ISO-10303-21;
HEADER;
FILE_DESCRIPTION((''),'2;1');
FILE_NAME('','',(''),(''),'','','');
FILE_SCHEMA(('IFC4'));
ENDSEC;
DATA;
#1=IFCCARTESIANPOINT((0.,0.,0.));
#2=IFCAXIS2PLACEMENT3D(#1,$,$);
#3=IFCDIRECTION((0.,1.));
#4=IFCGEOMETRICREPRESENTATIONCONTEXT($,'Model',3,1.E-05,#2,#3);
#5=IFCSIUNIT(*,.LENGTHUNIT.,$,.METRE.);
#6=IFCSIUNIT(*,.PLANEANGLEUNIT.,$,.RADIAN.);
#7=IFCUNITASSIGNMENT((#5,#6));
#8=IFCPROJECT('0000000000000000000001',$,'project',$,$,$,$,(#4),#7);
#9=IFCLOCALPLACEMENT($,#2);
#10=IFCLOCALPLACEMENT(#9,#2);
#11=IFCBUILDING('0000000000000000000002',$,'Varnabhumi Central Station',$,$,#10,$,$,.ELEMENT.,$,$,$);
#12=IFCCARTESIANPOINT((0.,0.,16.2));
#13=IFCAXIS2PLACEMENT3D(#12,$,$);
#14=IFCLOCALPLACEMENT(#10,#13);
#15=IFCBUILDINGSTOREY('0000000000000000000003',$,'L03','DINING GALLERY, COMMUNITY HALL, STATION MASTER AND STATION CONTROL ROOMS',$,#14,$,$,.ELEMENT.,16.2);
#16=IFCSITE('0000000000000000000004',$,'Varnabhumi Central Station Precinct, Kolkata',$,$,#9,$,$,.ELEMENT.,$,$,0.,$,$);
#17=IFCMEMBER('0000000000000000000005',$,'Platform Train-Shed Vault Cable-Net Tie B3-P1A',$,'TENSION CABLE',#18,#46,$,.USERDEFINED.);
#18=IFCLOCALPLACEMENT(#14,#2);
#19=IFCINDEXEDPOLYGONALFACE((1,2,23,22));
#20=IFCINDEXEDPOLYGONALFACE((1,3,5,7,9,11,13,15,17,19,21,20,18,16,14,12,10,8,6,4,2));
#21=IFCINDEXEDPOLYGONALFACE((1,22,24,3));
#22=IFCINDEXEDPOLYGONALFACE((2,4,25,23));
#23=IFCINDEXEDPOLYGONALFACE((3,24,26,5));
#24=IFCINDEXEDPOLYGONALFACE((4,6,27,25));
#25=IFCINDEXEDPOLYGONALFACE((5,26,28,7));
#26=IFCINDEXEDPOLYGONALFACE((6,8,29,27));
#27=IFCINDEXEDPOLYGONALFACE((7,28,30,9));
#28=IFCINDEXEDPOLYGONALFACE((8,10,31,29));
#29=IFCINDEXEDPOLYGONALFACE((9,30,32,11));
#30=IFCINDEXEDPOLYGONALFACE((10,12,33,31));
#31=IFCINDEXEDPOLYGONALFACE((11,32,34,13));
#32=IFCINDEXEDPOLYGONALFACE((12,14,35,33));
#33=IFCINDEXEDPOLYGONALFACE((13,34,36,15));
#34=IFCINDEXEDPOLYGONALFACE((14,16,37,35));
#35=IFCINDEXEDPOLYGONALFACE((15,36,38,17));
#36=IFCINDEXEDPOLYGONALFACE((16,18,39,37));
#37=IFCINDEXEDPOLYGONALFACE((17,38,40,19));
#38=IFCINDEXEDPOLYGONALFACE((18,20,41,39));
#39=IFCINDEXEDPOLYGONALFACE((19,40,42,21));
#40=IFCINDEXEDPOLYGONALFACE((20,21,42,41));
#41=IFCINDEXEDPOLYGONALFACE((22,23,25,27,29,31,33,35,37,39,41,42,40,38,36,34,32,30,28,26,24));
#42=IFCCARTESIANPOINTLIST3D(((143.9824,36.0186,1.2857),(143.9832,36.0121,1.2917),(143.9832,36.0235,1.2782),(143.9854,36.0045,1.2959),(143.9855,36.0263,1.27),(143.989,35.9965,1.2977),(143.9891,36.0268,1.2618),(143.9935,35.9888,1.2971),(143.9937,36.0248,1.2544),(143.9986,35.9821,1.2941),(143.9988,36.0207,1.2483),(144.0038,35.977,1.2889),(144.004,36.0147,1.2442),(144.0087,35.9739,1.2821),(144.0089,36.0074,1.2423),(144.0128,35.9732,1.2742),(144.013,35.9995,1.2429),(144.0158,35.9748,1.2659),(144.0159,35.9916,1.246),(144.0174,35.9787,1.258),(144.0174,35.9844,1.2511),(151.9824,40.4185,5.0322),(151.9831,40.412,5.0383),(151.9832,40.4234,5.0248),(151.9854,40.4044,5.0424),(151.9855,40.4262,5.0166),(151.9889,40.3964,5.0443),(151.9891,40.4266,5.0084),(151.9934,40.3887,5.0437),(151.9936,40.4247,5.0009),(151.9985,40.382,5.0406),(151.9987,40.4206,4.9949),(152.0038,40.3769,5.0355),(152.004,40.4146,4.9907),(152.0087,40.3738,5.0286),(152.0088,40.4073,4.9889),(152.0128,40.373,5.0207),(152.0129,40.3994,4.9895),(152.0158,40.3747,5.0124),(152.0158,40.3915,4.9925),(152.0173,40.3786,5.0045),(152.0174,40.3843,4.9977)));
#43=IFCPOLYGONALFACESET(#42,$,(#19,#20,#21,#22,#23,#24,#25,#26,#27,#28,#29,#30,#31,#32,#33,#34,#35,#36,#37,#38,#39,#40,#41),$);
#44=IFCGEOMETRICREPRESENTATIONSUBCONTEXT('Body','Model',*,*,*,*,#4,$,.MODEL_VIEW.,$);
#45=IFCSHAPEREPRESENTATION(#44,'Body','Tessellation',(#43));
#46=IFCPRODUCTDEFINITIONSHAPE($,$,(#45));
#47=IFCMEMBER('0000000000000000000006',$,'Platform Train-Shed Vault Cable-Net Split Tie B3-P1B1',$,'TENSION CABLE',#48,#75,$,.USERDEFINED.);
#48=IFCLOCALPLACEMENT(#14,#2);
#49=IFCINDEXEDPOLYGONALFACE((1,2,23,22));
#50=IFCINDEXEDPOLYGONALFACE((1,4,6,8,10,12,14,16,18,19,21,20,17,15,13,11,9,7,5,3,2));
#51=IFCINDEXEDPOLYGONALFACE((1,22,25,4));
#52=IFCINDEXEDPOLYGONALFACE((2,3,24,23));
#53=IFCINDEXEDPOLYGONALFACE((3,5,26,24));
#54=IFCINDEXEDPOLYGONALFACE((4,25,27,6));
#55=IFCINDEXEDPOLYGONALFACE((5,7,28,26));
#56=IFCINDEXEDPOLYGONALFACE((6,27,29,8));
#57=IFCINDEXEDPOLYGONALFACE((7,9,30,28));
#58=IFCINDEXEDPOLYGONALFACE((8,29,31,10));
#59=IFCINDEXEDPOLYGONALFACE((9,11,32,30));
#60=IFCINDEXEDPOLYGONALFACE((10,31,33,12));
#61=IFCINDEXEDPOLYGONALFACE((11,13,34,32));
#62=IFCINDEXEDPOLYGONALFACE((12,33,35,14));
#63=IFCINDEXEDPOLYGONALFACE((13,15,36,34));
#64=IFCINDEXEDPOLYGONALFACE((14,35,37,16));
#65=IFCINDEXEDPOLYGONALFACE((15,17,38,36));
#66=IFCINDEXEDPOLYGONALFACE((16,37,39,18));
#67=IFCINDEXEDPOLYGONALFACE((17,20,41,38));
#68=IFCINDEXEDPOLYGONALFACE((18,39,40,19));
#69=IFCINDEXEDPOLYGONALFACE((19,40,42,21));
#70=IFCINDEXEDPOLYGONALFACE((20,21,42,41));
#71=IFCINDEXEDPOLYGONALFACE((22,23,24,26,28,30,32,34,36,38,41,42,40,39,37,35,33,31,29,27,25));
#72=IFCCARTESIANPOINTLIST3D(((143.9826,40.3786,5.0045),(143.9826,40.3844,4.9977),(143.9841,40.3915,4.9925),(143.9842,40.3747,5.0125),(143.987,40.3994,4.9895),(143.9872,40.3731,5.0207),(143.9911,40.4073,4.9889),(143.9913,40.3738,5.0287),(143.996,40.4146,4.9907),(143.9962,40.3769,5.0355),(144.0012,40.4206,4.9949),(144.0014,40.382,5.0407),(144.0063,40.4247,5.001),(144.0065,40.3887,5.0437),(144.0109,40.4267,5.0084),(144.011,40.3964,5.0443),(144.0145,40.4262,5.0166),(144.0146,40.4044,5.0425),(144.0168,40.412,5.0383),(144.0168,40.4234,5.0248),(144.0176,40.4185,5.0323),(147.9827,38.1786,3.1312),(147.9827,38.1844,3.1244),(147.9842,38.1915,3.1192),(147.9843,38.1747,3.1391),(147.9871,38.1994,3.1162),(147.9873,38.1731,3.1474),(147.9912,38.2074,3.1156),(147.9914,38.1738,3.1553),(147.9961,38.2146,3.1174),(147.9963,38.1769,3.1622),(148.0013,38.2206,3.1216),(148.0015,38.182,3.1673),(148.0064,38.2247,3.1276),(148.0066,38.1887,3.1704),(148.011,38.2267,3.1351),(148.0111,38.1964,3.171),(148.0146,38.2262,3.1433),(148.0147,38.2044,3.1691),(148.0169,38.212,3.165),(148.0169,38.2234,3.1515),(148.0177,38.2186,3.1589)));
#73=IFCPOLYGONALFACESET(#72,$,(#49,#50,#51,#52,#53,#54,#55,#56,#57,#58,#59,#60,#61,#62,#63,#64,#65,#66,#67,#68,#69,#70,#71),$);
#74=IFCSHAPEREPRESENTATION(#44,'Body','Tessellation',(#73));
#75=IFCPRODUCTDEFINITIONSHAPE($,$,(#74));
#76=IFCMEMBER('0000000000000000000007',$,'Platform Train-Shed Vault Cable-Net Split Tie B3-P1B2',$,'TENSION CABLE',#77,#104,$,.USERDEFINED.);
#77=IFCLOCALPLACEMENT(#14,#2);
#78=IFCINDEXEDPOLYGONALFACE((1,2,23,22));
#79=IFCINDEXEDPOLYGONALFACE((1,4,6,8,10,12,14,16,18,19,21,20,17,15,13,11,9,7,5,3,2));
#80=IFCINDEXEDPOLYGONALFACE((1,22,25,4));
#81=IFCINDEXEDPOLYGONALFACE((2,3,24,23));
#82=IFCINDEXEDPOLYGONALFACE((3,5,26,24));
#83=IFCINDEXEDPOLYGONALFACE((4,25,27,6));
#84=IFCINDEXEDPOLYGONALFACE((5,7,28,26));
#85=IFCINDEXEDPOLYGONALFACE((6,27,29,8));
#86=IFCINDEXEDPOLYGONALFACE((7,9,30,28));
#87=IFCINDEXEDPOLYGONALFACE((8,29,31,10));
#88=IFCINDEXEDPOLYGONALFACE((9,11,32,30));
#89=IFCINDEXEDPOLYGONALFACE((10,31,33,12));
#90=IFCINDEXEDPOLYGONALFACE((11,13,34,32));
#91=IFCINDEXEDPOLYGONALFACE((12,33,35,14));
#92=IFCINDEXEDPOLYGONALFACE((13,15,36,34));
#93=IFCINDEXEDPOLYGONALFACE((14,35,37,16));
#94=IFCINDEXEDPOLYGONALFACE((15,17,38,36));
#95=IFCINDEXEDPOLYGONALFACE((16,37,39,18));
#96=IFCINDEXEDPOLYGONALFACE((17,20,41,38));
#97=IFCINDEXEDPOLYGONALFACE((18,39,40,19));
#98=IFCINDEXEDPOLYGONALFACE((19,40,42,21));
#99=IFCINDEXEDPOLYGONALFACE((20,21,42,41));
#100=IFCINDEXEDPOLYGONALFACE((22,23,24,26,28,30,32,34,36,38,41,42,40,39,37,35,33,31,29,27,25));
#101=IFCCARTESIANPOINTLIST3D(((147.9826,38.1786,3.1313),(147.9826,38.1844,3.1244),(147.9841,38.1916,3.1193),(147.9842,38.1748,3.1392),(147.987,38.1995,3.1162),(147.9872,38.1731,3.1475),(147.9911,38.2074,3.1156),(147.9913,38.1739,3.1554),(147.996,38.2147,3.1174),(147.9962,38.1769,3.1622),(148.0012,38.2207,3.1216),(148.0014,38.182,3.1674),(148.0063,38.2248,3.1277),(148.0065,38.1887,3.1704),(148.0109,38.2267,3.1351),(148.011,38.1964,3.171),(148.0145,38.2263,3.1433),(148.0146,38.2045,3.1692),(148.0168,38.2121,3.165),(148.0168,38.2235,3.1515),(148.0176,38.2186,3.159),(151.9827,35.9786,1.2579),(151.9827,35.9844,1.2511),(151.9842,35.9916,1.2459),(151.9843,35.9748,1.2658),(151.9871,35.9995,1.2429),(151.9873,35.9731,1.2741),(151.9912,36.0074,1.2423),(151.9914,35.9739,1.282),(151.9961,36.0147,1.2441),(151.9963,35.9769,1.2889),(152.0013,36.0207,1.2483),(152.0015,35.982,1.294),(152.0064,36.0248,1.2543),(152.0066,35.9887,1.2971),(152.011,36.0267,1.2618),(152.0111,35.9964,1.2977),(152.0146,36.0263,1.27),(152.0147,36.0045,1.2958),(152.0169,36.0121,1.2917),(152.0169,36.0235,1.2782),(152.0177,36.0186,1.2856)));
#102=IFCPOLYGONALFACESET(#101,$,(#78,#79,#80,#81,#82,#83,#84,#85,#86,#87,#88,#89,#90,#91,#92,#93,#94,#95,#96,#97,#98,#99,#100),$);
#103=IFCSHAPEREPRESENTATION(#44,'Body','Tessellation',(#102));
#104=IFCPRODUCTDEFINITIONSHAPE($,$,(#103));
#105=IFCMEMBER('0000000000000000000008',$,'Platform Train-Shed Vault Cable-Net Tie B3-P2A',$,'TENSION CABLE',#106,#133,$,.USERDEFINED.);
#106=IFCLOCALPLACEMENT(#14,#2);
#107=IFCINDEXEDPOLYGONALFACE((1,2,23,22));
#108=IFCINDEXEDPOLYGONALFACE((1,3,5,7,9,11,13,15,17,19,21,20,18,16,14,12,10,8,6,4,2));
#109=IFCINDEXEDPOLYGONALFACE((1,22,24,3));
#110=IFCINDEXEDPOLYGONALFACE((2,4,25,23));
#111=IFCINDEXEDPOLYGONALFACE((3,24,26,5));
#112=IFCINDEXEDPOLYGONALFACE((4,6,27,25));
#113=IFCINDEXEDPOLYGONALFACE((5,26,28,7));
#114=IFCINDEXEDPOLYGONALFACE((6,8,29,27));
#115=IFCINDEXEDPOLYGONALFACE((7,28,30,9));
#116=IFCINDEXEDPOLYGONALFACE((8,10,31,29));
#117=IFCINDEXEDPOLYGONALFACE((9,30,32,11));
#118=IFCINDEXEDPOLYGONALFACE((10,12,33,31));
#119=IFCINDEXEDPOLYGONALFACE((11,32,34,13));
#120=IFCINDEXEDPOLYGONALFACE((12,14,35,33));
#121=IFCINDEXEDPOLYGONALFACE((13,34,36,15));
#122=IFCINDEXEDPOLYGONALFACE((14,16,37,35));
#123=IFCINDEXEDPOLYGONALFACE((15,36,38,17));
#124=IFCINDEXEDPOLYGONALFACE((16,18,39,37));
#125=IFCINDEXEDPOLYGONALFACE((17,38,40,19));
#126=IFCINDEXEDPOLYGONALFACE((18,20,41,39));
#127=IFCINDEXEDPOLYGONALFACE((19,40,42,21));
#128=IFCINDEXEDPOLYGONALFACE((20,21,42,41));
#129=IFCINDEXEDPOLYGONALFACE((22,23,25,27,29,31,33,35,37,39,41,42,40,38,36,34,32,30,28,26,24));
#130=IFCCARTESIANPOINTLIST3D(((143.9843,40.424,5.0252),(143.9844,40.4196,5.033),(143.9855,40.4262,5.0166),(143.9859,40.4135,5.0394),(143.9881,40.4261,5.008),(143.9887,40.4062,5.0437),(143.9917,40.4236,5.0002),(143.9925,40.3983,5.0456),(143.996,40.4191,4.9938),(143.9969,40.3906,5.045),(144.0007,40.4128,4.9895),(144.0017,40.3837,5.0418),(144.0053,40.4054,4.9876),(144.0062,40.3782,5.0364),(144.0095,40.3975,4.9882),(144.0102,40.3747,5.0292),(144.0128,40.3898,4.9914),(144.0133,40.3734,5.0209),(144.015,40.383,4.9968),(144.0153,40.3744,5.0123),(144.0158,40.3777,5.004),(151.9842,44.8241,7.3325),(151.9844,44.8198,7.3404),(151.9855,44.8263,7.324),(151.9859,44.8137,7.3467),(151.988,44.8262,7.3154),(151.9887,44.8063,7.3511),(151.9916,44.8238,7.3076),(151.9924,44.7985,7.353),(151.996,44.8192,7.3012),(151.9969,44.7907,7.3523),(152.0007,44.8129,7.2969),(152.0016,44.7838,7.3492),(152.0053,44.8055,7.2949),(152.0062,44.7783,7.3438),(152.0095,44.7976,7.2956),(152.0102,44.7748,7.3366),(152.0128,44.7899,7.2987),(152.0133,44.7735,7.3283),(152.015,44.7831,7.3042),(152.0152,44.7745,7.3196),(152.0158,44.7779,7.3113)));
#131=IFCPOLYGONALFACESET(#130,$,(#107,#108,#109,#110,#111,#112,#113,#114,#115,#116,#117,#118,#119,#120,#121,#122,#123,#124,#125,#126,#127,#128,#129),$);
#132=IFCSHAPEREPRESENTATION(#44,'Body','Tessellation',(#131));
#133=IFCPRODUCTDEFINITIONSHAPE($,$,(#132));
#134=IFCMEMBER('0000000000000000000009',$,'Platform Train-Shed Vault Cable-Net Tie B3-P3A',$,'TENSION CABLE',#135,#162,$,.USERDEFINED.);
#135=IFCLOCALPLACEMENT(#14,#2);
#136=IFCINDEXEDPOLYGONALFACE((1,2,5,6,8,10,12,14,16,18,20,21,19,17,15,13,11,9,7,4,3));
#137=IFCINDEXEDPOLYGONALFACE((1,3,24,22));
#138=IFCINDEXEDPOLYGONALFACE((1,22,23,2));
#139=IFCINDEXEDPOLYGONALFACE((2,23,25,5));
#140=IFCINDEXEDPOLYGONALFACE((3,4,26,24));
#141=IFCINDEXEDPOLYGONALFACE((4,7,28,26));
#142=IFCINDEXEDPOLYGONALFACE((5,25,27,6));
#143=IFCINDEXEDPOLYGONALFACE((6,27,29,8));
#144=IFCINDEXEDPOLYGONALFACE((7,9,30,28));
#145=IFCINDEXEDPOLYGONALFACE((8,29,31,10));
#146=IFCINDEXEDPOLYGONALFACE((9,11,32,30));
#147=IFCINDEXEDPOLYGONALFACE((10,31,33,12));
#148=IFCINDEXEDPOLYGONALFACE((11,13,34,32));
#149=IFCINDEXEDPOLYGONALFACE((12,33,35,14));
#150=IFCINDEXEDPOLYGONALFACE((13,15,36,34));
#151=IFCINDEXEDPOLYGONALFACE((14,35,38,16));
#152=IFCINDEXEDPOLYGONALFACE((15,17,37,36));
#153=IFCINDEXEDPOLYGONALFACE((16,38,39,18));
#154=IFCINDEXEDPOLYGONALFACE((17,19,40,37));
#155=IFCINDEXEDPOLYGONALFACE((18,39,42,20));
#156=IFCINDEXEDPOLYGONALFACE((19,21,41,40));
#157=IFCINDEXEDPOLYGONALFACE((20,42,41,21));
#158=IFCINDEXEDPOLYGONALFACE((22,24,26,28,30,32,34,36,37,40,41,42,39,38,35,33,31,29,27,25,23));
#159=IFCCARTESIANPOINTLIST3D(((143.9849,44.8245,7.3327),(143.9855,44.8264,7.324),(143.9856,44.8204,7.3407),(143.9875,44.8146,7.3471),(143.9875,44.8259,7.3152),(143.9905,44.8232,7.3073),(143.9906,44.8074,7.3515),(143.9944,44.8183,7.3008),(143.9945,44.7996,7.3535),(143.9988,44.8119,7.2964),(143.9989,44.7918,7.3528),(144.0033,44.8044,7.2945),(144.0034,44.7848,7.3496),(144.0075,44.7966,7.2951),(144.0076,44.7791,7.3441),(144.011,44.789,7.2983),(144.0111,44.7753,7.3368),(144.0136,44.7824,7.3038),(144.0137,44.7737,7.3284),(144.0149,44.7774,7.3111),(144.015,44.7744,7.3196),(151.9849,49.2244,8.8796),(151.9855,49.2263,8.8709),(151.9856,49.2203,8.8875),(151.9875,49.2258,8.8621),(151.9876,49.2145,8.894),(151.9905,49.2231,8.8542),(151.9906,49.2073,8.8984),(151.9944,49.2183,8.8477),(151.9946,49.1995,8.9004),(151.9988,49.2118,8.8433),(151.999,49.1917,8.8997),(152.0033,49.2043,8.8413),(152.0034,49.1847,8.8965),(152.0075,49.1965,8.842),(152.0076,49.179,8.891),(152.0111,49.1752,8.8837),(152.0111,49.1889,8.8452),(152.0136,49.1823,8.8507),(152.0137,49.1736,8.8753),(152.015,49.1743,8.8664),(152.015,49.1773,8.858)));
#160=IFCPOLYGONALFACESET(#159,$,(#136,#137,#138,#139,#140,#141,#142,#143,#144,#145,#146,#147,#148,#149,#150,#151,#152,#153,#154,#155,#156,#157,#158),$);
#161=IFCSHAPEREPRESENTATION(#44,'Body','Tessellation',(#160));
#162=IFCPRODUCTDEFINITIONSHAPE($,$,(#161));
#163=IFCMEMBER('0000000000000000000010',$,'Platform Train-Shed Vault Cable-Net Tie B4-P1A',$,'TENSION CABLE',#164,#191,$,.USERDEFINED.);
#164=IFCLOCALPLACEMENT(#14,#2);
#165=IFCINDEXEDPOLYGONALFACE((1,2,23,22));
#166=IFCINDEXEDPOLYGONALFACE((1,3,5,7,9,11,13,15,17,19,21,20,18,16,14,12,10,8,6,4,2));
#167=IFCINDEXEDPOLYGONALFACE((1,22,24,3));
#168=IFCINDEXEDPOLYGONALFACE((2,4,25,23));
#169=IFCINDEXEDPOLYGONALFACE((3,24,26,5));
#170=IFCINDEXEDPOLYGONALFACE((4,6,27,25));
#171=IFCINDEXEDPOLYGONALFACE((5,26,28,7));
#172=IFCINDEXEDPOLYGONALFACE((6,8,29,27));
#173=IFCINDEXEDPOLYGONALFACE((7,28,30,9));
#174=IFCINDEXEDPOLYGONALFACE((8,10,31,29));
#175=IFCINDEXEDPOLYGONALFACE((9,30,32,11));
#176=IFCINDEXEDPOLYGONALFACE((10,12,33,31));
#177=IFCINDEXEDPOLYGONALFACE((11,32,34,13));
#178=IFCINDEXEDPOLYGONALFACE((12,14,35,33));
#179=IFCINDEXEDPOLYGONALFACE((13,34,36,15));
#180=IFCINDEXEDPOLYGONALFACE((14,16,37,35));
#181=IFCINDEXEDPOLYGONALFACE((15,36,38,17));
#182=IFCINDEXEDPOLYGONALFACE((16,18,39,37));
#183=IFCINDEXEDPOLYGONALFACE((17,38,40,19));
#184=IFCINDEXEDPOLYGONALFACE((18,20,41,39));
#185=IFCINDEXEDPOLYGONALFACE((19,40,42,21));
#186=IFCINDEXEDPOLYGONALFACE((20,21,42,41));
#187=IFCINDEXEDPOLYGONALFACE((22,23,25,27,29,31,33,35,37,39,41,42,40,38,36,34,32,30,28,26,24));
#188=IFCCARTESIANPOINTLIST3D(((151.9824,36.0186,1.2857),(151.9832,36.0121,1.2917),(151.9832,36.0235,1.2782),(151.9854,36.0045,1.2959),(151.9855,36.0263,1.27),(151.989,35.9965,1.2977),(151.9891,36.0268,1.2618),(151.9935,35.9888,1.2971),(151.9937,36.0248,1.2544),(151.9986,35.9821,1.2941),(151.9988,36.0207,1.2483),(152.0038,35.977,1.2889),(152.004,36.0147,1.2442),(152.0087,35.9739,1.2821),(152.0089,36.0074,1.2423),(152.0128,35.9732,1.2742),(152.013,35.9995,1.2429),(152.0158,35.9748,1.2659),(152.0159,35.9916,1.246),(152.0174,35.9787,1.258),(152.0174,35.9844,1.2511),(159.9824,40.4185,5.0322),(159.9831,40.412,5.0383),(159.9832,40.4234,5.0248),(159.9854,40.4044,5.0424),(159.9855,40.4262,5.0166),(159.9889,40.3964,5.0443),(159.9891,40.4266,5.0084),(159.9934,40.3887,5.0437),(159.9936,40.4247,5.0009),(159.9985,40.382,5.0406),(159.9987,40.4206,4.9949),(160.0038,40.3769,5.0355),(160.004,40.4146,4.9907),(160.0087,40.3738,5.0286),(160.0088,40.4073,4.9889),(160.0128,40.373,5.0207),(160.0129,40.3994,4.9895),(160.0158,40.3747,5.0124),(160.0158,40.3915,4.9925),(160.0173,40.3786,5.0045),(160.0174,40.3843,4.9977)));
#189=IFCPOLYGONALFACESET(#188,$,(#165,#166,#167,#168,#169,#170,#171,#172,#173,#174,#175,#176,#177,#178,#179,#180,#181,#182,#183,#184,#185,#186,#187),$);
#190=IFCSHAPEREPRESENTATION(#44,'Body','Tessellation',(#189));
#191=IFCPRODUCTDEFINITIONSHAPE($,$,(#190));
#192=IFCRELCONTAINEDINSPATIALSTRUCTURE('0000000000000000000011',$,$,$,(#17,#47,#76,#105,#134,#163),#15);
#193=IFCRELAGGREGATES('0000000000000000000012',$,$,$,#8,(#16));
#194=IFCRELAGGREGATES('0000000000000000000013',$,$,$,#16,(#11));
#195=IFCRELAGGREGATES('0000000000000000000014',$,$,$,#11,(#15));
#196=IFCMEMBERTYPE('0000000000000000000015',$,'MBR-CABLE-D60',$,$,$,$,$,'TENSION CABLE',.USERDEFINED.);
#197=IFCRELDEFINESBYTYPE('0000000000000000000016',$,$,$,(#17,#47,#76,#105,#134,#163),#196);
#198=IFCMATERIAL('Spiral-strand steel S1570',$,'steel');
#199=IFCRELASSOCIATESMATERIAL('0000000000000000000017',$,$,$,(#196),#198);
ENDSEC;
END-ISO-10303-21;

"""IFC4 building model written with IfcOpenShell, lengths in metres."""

from ifc_helpers import new_model, si_unit, direction, frame, origin, origin_2d, place, context, subcontext, project, spatial, circle, extrude, material, material_profile, profile_set, type_object, element, save


model = new_model("IFC4")

# Units and contexts
model_context = context("Model", 3, precision=1e-05, world=origin(), true_north=direction((0.0, 1.0)))
body_context = subcontext(model_context, "Body", "Model", "MODEL_VIEW")
ifc_project = project(units=[si_unit("LENGTHUNIT", "METRE"), si_unit("PLANEANGLEUNIT", "RADIAN")], contexts=[model_context])

# Site, building, storey
site_placement = place(None, origin())
site = spatial("IfcSite", under=ifc_project, at=site_placement, Name="Varnabhumi Central Station Precinct, Kolkata", CompositionType="ELEMENT", RefElevation=0.0)
building_placement = place(site_placement, origin())
building = spatial("IfcBuilding", under=site, at=building_placement, Name="Varnabhumi Central Station", CompositionType="ELEMENT")
storey_placement = place(building_placement, frame((0.0, 0.0, 16.2)))
storey = spatial("IfcBuildingStorey", under=building, at=storey_placement, Name="L03", Description="DINING GALLERY, COMMUNITY HALL, STATION MASTER AND STATION CONTROL ROOMS", CompositionType="ELEMENT", Elevation=16.2)

# Members
ifc_material_1 = material(Name="Spiral-strand steel S1570", Category="steel")
ifc_material_profile_1 = material_profile(ifc_material_1, circle(Radius=0.03, at=origin_2d()), Name="Spiral-strand steel S1570", Category="steel")
ifc_profile_set_1 = profile_set([ifc_material_profile_1], Name="Spiral-strand steel S1570")
member_type = type_object("IfcMemberType", Name="MBR-CABLE-D60", ElementType="TENSION CABLE", PredefinedType="USERDEFINED", material=ifc_profile_set_1)
member_1_placement = place(storey_placement, frame((144.0, 36.0, 1.27), z_axis=(0.810624, 0.445833, 0.379634), x_axis=(-0.481911, 0.87622, 0.0)))
element("IfcMember", 1, at=member_1_placement, inside=storey, type_object=member_type, Name="Platform Train-Shed Vault Cable-Net Tie B3-P1A", ObjectType="TENSION CABLE", PredefinedType="USERDEFINED", context=body_context, shape_type="SweptSolid", body=[
    extrude(circle(Radius=0.03, at=origin_2d()), origin(), (0.0, 0.0, 1.0), 9.8689),
])
for number, where, z_axis, x_axis, name in (
    (2, (144.0, 40.3999, 5.0166), (0.810624, -0.445833, -0.379634), (0.481911, 0.87622, 0.0), "Platform Train-Shed Vault Cable-Net Split Tie B3-P1B1"),
    (3, (148.0, 38.2, 3.1433), (0.810624, -0.445833, -0.379634), (0.481911, 0.87622, 0.0), "Platform Train-Shed Vault Cable-Net Split Tie B3-P1B2"),
):
    element("IfcMember", number, at=place(storey_placement, frame(where, z_axis=z_axis, x_axis=x_axis)), inside=storey, type_object=member_type, Name=name, ObjectType="TENSION CABLE", PredefinedType="USERDEFINED", context=body_context, shape_type="SweptSolid", body=[
        extrude(circle(Radius=0.03, at=origin_2d()), origin(), (0.0, 0.0, 1.0), 4.9346),
    ])
member_2_placement = place(storey_placement, frame((144.0, 40.3999, 5.0166), z_axis=(0.849502, 0.467242, 0.245015), x_axis=(-0.481931, 0.876209, 0.0)))
element("IfcMember", 4, at=member_2_placement, inside=storey, type_object=member_type, Name="Platform Train-Shed Vault Cable-Net Tie B3-P2A", ObjectType="TENSION CABLE", PredefinedType="USERDEFINED", context=body_context, shape_type="SweptSolid", body=[
    extrude(circle(Radius=0.03, at=origin_2d()), origin(), (0.0, 0.0, 1.0), 9.4172),
])
member_3_placement = place(storey_placement, frame((144.0, 44.8, 7.324), z_axis=(0.863909, 0.475139, 0.167045), x_axis=(-0.481911, 0.87622, 0.0)))
element("IfcMember", 5, at=member_3_placement, inside=storey, type_object=member_type, Name="Platform Train-Shed Vault Cable-Net Tie B3-P3A", ObjectType="TENSION CABLE", PredefinedType="USERDEFINED", context=body_context, shape_type="SweptSolid", body=[
    extrude(circle(Radius=0.03, at=origin_2d()), origin(), (0.0, 0.0, 1.0), 9.2603),
])
member_4_placement = place(storey_placement, frame((152.0, 36.0, 1.27), z_axis=(0.810624, 0.445833, 0.379634), x_axis=(-0.481911, 0.87622, 0.0)))
element("IfcMember", 6, at=member_4_placement, inside=storey, type_object=member_type, Name="Platform Train-Shed Vault Cable-Net Tie B4-P1A", ObjectType="TENSION CABLE", PredefinedType="USERDEFINED", context=body_context, shape_type="SweptSolid", body=[
    extrude(circle(Radius=0.03, at=origin_2d()), origin(), (0.0, 0.0, 1.0), 9.8689),
])

save(model, "model.ifc")
